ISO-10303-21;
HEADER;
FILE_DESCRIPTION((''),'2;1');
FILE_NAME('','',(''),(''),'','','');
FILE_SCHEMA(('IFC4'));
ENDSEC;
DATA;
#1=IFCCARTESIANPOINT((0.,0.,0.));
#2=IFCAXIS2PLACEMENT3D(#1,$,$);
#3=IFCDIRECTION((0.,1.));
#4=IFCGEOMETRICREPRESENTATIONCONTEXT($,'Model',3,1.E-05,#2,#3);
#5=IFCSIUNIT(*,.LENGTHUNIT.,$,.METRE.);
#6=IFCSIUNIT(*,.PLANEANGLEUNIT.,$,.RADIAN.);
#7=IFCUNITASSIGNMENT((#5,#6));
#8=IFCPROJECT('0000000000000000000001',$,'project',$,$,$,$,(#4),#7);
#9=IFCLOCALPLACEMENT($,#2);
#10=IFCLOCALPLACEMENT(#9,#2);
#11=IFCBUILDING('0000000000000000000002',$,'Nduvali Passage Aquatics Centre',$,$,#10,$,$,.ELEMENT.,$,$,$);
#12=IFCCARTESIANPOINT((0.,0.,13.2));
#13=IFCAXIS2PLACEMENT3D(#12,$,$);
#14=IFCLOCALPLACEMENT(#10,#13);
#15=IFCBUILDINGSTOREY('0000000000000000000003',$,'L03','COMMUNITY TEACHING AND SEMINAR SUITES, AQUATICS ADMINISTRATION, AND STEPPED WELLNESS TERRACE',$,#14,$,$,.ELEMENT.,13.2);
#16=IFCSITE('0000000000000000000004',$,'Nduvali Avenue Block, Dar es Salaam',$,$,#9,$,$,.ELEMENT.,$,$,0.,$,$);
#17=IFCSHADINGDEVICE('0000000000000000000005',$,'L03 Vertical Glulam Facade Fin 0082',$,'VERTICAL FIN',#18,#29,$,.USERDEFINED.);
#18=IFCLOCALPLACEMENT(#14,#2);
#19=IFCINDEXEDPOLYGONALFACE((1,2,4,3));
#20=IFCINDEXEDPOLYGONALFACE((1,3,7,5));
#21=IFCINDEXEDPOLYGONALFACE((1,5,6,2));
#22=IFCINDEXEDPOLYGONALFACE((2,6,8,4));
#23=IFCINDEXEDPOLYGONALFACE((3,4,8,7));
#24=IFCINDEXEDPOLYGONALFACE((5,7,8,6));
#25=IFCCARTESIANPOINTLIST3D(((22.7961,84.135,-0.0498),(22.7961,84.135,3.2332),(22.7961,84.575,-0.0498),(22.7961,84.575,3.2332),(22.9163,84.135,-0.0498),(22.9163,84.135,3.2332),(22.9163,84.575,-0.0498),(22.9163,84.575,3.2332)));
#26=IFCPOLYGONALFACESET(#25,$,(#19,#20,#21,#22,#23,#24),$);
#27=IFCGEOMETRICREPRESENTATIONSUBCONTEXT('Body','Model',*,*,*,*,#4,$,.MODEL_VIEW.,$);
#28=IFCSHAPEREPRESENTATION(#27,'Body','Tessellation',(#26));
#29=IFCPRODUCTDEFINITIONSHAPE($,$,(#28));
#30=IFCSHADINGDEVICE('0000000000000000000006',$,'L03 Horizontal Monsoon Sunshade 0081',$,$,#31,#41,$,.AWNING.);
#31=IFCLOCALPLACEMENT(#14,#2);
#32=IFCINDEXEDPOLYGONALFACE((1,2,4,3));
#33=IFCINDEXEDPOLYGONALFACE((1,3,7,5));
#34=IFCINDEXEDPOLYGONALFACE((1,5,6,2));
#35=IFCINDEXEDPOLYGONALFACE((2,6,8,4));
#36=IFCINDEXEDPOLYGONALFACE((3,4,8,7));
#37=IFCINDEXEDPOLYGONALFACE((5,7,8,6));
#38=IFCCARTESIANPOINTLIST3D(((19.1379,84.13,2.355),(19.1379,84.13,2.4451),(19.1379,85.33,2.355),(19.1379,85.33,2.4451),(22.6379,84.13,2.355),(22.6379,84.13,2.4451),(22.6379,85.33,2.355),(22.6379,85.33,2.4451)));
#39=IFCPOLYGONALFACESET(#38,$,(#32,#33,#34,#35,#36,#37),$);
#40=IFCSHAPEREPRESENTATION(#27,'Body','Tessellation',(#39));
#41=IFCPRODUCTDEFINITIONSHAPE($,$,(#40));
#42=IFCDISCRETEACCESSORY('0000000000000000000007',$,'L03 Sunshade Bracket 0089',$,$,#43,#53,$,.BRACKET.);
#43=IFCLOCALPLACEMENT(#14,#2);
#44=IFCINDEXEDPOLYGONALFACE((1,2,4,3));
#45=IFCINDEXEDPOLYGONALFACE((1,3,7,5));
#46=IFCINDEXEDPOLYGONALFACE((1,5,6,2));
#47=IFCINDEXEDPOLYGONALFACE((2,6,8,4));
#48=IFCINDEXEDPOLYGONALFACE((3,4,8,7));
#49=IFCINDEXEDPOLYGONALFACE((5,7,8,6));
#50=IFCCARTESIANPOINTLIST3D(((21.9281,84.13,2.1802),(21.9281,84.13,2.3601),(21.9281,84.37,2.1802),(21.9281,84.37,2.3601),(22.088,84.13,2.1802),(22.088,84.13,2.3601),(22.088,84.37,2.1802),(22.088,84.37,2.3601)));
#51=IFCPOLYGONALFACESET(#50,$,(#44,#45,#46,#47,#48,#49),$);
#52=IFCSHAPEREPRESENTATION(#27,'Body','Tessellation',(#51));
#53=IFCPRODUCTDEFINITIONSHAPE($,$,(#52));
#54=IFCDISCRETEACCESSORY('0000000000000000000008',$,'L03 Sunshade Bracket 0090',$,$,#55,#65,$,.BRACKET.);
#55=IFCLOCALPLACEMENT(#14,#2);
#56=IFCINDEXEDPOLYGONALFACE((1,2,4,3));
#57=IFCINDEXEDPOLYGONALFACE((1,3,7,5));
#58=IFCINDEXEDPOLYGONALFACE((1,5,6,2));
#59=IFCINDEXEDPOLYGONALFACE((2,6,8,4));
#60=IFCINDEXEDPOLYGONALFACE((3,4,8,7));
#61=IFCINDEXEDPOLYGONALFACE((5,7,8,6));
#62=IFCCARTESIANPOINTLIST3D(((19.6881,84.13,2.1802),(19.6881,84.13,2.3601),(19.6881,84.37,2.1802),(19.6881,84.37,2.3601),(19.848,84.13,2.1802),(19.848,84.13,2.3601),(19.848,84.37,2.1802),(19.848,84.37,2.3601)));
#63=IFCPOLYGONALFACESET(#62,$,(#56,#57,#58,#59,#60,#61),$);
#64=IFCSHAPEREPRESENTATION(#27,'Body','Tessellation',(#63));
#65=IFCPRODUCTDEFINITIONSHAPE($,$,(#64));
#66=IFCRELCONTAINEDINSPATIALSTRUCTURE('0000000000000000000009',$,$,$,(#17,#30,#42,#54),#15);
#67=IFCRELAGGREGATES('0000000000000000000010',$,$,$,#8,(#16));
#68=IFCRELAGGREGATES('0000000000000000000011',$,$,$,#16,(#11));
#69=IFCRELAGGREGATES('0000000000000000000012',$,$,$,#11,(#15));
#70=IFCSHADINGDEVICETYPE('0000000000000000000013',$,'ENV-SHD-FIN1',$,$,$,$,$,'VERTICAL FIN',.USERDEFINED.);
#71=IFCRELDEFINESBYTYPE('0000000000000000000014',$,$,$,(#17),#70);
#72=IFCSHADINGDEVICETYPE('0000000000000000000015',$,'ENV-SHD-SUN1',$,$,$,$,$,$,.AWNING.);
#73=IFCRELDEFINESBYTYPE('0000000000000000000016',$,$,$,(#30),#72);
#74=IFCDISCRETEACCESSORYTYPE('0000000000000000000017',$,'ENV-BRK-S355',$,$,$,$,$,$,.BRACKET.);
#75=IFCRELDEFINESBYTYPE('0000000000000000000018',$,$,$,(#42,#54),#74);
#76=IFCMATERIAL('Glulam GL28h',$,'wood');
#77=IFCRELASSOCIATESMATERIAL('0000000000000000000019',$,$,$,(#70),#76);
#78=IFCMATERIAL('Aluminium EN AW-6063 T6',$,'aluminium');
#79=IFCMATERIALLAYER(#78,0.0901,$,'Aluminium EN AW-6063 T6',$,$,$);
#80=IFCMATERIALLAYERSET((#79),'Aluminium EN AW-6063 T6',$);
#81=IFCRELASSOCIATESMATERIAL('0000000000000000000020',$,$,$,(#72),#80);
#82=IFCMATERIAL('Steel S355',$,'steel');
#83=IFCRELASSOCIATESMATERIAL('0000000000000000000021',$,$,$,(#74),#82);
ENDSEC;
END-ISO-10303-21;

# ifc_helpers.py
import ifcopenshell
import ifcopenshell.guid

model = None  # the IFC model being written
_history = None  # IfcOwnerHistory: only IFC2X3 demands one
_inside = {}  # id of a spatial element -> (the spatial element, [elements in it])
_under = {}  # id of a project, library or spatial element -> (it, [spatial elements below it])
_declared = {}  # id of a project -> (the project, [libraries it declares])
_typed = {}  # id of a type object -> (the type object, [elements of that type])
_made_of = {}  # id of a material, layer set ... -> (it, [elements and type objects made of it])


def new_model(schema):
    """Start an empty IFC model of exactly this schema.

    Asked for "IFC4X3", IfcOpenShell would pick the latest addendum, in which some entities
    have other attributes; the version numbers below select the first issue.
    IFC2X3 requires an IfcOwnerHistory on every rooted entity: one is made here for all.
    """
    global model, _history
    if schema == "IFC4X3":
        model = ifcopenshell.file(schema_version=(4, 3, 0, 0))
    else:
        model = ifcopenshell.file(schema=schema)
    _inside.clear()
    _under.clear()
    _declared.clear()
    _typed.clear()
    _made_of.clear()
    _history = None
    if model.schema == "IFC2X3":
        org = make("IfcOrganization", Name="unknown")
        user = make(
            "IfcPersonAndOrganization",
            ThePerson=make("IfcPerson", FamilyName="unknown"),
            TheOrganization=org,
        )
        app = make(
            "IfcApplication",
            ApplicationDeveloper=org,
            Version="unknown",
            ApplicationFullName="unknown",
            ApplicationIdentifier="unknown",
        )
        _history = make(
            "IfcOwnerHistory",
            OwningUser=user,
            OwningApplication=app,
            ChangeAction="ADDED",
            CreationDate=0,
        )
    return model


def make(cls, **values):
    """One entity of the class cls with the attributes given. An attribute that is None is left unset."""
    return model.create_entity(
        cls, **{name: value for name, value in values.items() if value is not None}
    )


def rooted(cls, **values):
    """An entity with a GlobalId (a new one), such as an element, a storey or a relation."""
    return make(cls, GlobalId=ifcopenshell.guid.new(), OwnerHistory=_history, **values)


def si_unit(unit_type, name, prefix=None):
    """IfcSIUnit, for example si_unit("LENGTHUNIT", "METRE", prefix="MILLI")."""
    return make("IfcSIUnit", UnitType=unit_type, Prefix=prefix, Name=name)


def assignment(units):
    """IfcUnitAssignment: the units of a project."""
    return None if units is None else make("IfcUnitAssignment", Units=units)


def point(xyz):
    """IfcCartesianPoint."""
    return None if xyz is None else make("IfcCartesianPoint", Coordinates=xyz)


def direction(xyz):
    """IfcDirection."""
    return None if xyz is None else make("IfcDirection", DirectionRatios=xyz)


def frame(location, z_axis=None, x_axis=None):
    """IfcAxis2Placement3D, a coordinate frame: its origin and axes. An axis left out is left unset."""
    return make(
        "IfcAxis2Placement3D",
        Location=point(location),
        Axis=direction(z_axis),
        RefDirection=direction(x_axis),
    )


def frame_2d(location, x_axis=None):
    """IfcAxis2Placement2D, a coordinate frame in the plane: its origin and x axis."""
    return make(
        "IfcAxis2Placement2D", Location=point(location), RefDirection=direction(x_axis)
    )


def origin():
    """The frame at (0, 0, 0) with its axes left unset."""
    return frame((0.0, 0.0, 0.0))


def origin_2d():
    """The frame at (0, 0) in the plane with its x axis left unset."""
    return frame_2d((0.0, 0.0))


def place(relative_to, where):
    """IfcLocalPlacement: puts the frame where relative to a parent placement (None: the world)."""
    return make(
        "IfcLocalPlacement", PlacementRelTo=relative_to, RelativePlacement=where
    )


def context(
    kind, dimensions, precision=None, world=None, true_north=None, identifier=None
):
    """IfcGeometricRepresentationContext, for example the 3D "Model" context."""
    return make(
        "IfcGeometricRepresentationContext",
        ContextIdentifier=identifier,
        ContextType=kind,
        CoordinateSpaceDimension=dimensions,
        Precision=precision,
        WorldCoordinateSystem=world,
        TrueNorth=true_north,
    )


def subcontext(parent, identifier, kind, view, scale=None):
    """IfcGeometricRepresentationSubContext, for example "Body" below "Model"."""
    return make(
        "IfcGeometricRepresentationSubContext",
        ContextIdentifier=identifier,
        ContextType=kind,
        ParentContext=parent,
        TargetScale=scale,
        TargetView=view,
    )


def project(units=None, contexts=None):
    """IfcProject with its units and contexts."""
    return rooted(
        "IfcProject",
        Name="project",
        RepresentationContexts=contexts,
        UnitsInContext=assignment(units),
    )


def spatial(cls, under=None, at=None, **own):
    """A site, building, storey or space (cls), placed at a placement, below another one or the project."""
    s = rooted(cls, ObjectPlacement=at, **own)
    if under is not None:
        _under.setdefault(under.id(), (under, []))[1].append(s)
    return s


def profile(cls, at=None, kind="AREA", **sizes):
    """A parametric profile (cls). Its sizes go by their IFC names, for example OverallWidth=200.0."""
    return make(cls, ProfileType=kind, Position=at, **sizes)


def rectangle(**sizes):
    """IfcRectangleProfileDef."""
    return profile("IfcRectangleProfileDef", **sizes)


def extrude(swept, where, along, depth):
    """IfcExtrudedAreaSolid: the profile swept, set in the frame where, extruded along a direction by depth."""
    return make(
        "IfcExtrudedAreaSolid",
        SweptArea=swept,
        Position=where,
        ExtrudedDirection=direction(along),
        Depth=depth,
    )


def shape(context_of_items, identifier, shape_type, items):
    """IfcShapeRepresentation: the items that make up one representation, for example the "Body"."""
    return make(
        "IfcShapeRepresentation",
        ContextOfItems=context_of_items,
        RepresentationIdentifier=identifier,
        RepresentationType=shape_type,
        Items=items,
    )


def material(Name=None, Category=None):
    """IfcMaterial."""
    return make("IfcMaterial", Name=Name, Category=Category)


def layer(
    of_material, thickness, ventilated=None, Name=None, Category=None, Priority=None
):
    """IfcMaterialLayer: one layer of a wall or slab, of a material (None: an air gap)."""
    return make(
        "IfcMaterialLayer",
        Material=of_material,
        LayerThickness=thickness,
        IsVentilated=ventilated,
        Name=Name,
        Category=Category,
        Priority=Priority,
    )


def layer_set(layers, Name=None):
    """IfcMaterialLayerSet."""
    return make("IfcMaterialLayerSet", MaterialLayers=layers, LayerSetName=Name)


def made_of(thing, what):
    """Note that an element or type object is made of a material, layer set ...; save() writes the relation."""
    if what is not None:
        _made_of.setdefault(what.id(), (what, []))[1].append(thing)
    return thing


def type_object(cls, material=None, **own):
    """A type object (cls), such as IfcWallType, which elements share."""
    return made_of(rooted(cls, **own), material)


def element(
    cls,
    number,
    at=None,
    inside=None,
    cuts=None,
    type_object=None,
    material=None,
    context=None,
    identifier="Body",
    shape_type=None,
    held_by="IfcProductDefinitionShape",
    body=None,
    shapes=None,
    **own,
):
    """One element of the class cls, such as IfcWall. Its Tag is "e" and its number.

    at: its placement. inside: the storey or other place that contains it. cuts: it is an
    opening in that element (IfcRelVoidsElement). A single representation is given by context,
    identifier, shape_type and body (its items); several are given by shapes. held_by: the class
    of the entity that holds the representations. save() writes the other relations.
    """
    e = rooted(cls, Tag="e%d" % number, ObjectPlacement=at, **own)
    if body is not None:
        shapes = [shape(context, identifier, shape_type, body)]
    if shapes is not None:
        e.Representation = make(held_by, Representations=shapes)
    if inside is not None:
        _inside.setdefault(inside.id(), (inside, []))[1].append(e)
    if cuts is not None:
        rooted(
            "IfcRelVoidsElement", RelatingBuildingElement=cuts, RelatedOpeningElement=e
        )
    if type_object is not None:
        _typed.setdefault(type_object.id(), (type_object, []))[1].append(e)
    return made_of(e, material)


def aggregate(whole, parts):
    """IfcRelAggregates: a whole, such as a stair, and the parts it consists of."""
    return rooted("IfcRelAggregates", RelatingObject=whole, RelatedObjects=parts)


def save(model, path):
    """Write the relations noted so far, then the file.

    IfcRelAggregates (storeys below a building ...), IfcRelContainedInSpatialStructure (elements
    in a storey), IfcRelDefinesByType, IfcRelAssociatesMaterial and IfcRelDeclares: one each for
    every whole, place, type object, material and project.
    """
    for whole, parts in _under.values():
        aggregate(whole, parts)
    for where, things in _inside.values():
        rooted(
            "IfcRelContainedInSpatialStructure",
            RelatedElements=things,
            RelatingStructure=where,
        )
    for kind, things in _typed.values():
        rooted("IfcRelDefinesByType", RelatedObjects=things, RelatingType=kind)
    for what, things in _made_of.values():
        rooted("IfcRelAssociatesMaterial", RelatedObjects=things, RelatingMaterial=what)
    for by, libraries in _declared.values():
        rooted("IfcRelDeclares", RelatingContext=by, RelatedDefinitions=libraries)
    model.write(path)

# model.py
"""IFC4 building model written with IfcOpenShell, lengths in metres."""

from ifc_helpers import new_model, si_unit, direction, frame, origin, origin_2d, place, context, subcontext, project, spatial, rectangle, extrude, material, layer, layer_set, type_object, element, save


model = new_model("IFC4")

# Units and contexts
model_context = context("Model", 3, precision=1e-05, world=origin(), true_north=direction((0.0, 1.0)))
body_context = subcontext(model_context, "Body", "Model", "MODEL_VIEW")
ifc_project = project(units=[si_unit("LENGTHUNIT", "METRE"), si_unit("PLANEANGLEUNIT", "RADIAN")], contexts=[model_context])

# Site, building, storey
site_placement = place(None, origin())
site = spatial("IfcSite", under=ifc_project, at=site_placement, Name="Nduvali Avenue Block, Dar es Salaam", CompositionType="ELEMENT", RefElevation=0.0)
building_placement = place(site_placement, origin())
building = spatial("IfcBuilding", under=site, at=building_placement, Name="Nduvali Passage Aquatics Centre", CompositionType="ELEMENT")
storey_placement = place(building_placement, frame((0.0, 0.0, 13.2)))
storey = spatial("IfcBuildingStorey", under=building, at=storey_placement, Name="L03", Description="COMMUNITY TEACHING AND SEMINAR SUITES, AQUATICS ADMINISTRATION, AND STEPPED WELLNESS TERRACE", CompositionType="ELEMENT", Elevation=13.2)

# Shared definitions
ifc_material_1 = material(Name="Steel S355", Category="steel")

# Shared definitions
ifc_material_2 = material(Name="Aluminium EN AW-6063 T6", Category="aluminium")

# Shading devices
ifc_material_3 = material(Name="Glulam GL28h", Category="wood")
shading_device_type_1 = type_object("IfcShadingDeviceType", Name="ENV-SHD-FIN1", ElementType="VERTICAL FIN", PredefinedType="USERDEFINED", material=ifc_material_3)
shading_device_1_placement = place(storey_placement, frame((22.8562, 84.355, -0.0498), z_axis=(0.0, 0.0, 1.0), x_axis=(-1.0, 0.0, 0.0)))
element("IfcShadingDevice", 1, at=shading_device_1_placement, inside=storey, type_object=shading_device_type_1, Name="L03 Vertical Glulam Facade Fin 0082", ObjectType="VERTICAL FIN", PredefinedType="USERDEFINED", context=body_context, shape_type="SweptSolid", body=[
    extrude(rectangle(XDim=0.1201, YDim=0.4399, at=origin_2d()), origin(), (0.0, 0.0, 1.0), 3.283),
])
ifc_layer_1 = layer(ifc_material_2, 0.0901, Name="Aluminium EN AW-6063 T6")
ifc_layer_set_1 = layer_set([ifc_layer_1], Name="Aluminium EN AW-6063 T6")
shading_device_type_2 = type_object("IfcShadingDeviceType", Name="ENV-SHD-SUN1", PredefinedType="AWNING", material=ifc_layer_set_1)
shading_device_2_placement = place(storey_placement, frame((20.8879, 84.73, 2.355), z_axis=(0.0, 0.0, 1.0), x_axis=(-1.0, 0.0, 0.0)))
element("IfcShadingDevice", 2, at=shading_device_2_placement, inside=storey, type_object=shading_device_type_2, Name="L03 Horizontal Monsoon Sunshade 0081", PredefinedType="AWNING", context=body_context, shape_type="SweptSolid", body=[
    extrude(rectangle(XDim=3.5, YDim=1.2, at=origin_2d()), origin(), (0.0, 0.0, 1.0), 0.0901),
])

# Discrete accessories
discrete_accessory_type = type_object("IfcDiscreteAccessoryType", Name="ENV-BRK-S355", PredefinedType="BRACKET", material=ifc_material_1)
for number, where, z_axis, x_axis, name in (
    (3, (22.0081, 84.25, 2.1802), (0.0, 0.0, 1.0), (-1.0, 0.0, 0.0), "L03 Sunshade Bracket 0089"),
    (4, (19.7681, 84.25, 2.1802), (0.0, 0.0, 1.0), (-1.0, 0.0, 0.0), "L03 Sunshade Bracket 0090"),
):
    element("IfcDiscreteAccessory", number, at=place(storey_placement, frame(where, z_axis=z_axis, x_axis=x_axis)), inside=storey, type_object=discrete_accessory_type, Name=name, PredefinedType="BRACKET", context=body_context, shape_type="SweptSolid", body=[
        extrude(rectangle(XDim=0.1599, YDim=0.24, at=origin_2d()), origin(), (0.0, 0.0, 1.0), 0.1799),
    ])

save(model, "model.ifc")
